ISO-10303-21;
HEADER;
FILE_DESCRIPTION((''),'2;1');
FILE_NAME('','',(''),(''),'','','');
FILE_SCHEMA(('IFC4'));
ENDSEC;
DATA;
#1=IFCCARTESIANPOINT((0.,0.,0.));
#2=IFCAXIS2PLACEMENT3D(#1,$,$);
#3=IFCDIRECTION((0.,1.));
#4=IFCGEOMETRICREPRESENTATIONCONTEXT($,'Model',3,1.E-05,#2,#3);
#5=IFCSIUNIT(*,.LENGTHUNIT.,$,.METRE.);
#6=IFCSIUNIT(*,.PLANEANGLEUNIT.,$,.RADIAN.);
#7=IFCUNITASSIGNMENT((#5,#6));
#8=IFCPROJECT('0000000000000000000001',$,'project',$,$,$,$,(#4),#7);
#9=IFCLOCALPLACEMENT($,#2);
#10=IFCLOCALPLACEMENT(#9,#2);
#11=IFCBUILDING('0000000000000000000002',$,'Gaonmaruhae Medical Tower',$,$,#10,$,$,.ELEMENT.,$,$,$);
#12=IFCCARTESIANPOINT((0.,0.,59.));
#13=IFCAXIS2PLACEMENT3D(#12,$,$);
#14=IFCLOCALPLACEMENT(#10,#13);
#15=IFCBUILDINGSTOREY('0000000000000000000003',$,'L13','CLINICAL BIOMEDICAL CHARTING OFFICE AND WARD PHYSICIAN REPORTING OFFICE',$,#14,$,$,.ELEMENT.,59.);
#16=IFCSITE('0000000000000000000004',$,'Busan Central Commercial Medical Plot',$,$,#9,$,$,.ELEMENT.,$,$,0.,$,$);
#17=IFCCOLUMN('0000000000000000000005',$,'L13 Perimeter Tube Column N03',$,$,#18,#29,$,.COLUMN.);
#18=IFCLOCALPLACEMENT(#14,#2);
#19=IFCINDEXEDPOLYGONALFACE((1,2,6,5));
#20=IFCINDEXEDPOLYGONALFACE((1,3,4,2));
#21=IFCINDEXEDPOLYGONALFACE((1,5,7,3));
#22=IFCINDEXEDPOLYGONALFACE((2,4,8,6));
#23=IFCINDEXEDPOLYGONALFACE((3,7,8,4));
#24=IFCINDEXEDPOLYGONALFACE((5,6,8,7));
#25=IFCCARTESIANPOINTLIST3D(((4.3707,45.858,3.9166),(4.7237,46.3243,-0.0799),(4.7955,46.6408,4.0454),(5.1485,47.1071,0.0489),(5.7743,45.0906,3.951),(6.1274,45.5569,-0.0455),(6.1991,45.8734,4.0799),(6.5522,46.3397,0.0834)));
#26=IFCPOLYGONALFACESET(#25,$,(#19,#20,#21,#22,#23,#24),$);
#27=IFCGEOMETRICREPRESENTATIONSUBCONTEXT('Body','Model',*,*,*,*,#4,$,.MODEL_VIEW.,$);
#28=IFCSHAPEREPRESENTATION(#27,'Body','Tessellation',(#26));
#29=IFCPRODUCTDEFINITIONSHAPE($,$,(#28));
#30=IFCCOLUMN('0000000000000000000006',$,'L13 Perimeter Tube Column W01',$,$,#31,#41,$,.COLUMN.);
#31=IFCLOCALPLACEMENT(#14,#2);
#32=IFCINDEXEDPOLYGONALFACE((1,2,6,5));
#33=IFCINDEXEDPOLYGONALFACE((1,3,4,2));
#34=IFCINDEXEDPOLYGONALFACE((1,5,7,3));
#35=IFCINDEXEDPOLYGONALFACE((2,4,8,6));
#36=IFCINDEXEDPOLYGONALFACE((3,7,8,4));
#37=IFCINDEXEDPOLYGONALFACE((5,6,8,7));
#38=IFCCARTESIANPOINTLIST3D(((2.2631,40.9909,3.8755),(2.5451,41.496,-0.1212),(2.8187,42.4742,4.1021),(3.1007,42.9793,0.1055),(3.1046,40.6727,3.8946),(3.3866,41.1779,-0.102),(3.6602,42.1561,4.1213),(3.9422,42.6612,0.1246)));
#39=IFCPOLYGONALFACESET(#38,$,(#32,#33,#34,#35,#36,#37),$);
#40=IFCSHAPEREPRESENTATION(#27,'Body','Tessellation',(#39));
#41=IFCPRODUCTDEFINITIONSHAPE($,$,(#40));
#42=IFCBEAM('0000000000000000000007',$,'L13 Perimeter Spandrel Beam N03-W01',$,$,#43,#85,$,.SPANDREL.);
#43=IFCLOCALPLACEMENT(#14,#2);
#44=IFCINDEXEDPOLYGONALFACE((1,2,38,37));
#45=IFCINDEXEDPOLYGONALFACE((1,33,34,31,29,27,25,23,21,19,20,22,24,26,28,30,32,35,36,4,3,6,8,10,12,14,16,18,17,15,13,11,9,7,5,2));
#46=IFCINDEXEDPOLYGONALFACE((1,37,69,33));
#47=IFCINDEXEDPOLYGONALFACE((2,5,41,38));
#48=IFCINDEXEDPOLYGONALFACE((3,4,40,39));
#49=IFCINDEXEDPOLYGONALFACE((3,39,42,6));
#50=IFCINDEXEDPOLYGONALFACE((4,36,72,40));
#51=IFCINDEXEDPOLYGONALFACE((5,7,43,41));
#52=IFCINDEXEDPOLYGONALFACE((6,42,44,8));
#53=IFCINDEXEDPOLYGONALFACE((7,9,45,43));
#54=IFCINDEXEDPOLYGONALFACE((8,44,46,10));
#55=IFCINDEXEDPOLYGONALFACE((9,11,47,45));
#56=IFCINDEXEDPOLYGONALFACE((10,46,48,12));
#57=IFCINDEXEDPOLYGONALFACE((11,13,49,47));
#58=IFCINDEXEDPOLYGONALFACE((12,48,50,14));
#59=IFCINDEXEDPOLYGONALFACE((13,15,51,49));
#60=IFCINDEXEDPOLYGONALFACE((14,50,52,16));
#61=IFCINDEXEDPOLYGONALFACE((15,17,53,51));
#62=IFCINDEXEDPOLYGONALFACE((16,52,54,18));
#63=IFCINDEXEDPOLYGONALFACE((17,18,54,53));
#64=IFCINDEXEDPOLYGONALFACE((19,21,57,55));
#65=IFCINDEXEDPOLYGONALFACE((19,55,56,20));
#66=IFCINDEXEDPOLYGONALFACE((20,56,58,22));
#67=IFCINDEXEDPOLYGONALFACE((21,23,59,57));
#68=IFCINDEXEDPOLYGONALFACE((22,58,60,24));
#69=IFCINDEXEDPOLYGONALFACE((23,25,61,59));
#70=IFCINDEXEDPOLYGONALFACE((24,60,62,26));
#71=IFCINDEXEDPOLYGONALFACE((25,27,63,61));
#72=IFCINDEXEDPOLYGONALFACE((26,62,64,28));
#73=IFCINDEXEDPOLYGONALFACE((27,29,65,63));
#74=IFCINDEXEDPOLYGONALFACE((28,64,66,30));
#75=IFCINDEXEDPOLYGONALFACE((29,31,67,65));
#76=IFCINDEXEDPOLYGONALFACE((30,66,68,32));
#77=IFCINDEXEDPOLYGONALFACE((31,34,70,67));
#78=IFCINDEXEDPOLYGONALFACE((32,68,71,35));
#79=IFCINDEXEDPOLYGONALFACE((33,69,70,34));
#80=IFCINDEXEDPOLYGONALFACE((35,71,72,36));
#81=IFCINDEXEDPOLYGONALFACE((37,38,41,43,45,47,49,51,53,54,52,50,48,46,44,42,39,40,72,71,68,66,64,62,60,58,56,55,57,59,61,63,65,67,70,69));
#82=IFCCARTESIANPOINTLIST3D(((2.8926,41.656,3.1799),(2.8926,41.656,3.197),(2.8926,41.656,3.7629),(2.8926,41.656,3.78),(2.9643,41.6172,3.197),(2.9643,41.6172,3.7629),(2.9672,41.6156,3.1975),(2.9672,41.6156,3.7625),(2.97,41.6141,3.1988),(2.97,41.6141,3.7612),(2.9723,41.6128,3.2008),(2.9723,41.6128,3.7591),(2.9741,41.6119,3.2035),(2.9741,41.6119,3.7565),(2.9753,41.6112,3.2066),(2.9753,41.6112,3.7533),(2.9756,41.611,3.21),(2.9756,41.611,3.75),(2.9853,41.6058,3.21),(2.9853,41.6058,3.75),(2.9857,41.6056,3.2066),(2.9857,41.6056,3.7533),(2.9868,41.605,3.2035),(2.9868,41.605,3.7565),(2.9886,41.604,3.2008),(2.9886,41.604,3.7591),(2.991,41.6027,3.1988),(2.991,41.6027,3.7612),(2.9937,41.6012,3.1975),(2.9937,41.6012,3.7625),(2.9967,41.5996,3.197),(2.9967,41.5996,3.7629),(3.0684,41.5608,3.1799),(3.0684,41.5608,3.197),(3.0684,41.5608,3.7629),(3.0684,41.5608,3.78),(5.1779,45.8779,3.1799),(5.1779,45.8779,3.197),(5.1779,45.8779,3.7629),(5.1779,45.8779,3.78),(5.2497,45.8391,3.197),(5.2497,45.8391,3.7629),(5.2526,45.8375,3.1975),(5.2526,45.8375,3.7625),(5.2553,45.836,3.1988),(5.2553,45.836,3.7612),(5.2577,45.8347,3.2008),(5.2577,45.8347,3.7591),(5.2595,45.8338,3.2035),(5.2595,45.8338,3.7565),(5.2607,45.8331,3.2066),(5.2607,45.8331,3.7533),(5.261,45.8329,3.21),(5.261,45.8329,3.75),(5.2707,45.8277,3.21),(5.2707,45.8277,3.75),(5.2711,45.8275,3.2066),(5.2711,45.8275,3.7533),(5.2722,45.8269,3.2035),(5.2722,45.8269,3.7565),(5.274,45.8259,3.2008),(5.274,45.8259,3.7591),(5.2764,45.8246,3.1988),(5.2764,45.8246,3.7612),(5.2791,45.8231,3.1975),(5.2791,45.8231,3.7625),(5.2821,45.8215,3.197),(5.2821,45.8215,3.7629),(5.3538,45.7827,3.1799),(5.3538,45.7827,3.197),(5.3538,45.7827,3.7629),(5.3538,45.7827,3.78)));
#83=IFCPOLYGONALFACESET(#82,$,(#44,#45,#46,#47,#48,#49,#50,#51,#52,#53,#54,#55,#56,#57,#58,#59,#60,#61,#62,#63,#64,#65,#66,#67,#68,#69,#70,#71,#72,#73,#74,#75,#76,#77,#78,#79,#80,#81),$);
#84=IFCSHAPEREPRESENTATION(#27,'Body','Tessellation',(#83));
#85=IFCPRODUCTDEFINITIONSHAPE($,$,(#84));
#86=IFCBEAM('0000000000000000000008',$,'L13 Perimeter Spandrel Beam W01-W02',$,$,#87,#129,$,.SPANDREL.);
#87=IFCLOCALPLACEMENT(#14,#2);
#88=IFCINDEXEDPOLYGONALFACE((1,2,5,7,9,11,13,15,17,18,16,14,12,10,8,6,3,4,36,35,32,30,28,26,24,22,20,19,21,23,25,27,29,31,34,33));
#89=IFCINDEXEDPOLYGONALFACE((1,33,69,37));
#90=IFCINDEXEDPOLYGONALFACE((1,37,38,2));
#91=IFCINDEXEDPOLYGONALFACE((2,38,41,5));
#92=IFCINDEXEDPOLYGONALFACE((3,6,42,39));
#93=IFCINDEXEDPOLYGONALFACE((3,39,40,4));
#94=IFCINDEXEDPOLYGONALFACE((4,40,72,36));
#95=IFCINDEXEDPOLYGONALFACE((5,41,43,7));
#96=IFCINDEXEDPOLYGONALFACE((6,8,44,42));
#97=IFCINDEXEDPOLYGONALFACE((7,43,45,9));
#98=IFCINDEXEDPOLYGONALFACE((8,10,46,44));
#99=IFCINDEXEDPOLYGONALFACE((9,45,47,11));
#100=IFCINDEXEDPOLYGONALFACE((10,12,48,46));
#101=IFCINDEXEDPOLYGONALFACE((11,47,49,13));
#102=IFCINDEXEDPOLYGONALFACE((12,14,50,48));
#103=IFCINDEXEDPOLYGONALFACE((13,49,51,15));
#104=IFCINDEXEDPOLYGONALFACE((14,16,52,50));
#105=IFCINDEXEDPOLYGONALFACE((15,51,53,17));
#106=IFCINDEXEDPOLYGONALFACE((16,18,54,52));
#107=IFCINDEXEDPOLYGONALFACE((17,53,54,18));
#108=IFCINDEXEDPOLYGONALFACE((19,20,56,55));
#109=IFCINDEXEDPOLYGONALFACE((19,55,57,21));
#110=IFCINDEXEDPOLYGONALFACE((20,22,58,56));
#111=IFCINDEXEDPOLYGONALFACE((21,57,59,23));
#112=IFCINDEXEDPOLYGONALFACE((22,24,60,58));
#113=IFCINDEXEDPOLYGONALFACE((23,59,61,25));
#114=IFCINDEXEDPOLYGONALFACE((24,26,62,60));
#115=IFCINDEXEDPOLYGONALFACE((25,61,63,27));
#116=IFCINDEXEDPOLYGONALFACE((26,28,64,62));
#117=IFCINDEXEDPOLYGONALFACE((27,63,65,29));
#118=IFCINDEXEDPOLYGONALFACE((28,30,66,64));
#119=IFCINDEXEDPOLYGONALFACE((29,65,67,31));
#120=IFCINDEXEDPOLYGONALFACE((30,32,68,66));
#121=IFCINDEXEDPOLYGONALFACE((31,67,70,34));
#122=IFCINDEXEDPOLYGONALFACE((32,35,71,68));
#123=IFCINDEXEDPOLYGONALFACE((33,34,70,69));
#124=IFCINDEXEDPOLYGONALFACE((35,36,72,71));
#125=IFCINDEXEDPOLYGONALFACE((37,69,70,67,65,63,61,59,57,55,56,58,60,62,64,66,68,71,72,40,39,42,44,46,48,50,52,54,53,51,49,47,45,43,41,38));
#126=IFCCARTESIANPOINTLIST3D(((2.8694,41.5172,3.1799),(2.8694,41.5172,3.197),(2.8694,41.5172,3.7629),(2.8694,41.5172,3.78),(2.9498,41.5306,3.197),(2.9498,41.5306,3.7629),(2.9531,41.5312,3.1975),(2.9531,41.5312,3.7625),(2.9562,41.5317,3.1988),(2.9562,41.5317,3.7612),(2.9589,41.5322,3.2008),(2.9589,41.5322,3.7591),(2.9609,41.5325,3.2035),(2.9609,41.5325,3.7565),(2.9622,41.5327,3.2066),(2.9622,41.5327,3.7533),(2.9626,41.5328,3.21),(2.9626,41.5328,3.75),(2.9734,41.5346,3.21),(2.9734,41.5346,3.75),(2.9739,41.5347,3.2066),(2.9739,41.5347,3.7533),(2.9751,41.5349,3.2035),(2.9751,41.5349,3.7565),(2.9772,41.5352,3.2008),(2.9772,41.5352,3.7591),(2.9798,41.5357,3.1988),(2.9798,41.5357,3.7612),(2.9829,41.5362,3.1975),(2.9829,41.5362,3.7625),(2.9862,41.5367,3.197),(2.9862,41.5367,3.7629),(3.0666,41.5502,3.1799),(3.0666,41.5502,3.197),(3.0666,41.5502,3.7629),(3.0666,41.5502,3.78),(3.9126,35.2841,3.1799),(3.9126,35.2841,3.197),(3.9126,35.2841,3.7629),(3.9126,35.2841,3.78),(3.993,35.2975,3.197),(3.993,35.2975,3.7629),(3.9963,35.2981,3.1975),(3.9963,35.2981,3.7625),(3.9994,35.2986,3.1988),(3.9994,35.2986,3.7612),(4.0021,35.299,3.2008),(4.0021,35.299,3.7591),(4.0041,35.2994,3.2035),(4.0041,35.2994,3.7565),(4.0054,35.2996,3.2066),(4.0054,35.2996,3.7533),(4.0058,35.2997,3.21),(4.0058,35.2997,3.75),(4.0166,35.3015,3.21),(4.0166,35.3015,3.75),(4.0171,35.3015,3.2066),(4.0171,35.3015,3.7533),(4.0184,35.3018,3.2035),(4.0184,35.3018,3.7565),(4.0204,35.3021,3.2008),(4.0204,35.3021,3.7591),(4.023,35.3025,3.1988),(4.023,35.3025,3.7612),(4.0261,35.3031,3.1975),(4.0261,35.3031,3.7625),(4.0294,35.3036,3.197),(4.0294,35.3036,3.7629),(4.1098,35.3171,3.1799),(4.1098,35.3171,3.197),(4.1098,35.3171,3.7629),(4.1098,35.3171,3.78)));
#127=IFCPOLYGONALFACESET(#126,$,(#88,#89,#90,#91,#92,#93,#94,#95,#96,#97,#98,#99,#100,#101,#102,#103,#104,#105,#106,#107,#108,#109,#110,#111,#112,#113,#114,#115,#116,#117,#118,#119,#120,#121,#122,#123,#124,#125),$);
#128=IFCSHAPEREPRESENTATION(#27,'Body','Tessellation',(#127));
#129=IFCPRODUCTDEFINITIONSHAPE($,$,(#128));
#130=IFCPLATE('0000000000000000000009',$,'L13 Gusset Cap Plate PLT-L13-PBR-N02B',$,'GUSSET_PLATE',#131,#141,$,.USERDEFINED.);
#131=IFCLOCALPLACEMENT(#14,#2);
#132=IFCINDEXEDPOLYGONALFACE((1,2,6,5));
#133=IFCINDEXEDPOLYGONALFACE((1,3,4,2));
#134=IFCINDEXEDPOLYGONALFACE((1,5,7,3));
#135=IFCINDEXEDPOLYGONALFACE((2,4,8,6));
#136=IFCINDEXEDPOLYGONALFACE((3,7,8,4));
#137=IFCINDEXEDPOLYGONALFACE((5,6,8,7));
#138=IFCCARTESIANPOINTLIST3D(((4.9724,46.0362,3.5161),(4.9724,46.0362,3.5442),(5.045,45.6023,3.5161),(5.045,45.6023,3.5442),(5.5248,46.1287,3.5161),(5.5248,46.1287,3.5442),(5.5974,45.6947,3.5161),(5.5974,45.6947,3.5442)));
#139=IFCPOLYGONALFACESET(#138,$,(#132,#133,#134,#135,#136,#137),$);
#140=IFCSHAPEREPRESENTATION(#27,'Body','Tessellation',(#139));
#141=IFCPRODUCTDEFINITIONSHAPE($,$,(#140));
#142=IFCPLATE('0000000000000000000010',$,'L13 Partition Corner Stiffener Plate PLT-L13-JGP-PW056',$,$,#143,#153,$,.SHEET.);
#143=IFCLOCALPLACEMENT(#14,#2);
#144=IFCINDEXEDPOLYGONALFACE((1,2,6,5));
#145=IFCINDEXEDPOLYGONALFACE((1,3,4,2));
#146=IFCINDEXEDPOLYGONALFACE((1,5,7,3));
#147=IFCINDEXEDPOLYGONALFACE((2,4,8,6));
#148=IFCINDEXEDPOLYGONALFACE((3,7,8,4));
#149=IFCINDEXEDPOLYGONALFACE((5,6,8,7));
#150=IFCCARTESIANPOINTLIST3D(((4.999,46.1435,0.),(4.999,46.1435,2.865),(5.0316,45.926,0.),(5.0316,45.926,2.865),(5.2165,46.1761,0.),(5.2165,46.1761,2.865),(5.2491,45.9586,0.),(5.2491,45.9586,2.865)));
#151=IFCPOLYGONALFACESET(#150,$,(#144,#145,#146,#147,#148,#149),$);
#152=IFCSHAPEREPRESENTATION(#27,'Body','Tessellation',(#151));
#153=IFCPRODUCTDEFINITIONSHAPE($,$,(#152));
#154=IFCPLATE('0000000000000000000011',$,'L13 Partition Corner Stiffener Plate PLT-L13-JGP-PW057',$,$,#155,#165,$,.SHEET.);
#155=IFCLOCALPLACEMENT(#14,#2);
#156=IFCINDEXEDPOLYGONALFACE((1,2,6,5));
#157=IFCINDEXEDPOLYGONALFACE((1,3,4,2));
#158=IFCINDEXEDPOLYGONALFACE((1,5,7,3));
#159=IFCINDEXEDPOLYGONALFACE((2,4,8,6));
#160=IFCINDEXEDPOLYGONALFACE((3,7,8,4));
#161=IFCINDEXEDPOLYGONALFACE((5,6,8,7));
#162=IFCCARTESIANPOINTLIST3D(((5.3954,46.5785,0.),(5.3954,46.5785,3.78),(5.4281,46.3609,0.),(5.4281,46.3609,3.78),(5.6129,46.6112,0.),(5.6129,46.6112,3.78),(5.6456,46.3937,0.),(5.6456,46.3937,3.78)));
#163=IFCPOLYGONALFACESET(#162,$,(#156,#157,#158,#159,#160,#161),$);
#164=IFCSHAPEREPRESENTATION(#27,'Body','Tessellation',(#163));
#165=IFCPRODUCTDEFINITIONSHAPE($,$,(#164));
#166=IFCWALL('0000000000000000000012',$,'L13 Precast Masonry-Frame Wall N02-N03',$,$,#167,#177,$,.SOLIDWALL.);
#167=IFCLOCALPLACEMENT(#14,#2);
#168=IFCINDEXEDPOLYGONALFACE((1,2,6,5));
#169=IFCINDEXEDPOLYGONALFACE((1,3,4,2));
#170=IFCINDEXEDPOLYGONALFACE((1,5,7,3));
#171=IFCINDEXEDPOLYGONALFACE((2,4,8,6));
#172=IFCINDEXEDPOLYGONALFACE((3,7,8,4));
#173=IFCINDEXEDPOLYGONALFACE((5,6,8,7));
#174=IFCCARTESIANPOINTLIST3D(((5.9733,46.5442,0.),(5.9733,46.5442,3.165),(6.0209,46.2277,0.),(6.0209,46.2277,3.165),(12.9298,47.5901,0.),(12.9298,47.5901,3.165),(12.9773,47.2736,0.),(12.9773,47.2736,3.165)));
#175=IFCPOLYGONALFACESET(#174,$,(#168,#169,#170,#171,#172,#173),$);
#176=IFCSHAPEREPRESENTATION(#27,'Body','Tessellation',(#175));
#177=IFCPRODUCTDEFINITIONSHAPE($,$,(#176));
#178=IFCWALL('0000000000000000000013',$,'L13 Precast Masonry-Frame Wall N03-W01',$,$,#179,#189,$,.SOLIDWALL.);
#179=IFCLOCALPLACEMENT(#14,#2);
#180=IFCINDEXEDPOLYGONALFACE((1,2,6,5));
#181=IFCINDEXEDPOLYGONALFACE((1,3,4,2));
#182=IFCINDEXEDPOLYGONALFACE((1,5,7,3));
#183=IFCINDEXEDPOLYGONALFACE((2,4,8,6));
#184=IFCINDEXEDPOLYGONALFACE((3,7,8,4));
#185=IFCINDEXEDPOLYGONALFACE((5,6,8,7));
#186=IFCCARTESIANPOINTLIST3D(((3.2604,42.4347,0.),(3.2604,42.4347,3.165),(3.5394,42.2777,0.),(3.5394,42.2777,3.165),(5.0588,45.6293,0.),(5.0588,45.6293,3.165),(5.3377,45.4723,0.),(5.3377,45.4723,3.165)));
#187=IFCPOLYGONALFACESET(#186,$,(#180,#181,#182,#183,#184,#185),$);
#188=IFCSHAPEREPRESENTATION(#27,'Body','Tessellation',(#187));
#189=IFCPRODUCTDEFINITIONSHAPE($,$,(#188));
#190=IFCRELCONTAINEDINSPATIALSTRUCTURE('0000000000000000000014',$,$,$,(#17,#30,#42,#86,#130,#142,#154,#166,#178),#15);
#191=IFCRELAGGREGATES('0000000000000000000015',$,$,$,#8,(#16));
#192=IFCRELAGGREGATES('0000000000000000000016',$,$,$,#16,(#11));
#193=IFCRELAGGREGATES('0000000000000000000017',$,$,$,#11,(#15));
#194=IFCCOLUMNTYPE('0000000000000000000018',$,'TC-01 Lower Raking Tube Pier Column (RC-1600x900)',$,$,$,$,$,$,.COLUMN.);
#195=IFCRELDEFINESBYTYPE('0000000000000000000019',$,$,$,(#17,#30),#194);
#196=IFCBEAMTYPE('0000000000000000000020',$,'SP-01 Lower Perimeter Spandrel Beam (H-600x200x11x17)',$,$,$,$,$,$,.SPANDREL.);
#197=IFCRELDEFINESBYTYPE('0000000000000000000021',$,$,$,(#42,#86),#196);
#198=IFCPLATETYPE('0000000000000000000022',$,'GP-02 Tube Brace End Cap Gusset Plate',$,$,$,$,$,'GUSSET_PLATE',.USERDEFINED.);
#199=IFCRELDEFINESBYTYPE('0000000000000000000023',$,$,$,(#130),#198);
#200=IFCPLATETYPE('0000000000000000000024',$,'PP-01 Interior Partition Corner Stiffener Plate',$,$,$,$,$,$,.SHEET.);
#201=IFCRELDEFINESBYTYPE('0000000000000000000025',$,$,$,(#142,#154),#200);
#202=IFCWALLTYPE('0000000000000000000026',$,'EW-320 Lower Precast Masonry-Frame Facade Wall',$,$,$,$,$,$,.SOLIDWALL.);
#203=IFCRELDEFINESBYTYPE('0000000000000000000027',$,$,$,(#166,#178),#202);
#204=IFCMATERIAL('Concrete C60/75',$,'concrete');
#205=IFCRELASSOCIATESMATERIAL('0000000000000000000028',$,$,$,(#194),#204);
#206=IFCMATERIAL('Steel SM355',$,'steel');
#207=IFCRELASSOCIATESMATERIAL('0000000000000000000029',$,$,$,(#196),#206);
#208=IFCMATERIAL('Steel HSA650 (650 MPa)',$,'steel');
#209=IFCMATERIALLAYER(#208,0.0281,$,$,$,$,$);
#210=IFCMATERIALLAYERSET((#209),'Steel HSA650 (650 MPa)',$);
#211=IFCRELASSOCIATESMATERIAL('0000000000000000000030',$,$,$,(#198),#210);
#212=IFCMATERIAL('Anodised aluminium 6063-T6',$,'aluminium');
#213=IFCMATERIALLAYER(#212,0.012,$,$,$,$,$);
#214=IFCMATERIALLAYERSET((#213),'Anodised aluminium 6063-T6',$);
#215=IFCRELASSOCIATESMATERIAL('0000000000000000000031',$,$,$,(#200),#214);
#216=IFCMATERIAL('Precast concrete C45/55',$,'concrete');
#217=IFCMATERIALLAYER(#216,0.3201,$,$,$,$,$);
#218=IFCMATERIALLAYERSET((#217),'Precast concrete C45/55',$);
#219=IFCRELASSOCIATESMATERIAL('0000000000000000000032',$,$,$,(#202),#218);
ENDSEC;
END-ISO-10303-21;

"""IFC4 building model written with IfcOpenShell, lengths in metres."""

from ifc_helpers import new_model, si_unit, direction, frame, frame_2d, origin, origin_2d, place, context, subcontext, project, spatial, rectangle, i_section, extrude, material, layer, layer_set, material_profile, profile_set, type_object, element, save


model = new_model("IFC4")

# Units and contexts
model_context = context("Model", 3, precision=1e-05, world=origin(), true_north=direction((0.0, 1.0)))
body_context = subcontext(model_context, "Body", "Model", "MODEL_VIEW")
ifc_project = project(units=[si_unit("LENGTHUNIT", "METRE"), si_unit("PLANEANGLEUNIT", "RADIAN")], contexts=[model_context])

# Site, building, storey
site_placement = place(None, origin())
site = spatial("IfcSite", under=ifc_project, at=site_placement, Name="Busan Central Commercial Medical Plot", CompositionType="ELEMENT", RefElevation=0.0)
building_placement = place(site_placement, origin())
building = spatial("IfcBuilding", under=site, at=building_placement, Name="Gaonmaruhae Medical Tower", CompositionType="ELEMENT")
storey_placement = place(building_placement, frame((0.0, 0.0, 59.0)))
storey = spatial("IfcBuildingStorey", under=building, at=storey_placement, Name="L13", Description="CLINICAL BIOMEDICAL CHARTING OFFICE AND WARD PHYSICIAN REPORTING OFFICE", CompositionType="ELEMENT", Elevation=59.0)

# Columns
ifc_material_1 = material(Name="Concrete C60/75", Category="concrete")
ifc_material_profile_1 = material_profile(ifc_material_1, rectangle(XDim=1.6001, YDim=0.8999, at=origin_2d()), Name="RC-1600x900")
ifc_profile_set_1 = profile_set([ifc_material_profile_1], Name="Concrete C60/75")
column_type = type_object("IfcColumnType", Name="TC-01 Lower Raking Tube Pier Column (RC-1600x900)", PredefinedType="COLUMN", material=ifc_profile_set_1)
column_1_placement = place(storey_placement, frame((5.6379, 46.332, 0.0017), z_axis=(-0.087401, -0.115447, 0.989461), x_axis=(0.877219, -0.479607, 0.021528)))
element("IfcColumn", 1, at=column_1_placement, inside=storey, type_object=column_type, Name="L13 Perimeter Tube Column N03", PredefinedType="COLUMN", context=body_context, shape_type="SweptSolid", body=[
    extrude(rectangle(XDim=1.6001, YDim=0.8999, at=origin_2d()), origin(), (0.0, 0.0, 1.0), 4.0391),
])
column_2_placement = place(storey_placement, frame((3.2437, 42.0786, 0.0017), z_axis=(-0.069828, -0.125086, 0.989686), x_axis=(0.34723, 0.927018, 0.141665)))
element("IfcColumn", 2, at=column_2_placement, inside=storey, type_object=column_type, Name="L13 Perimeter Tube Column W01", PredefinedType="COLUMN", context=body_context, shape_type="SweptSolid", body=[
    extrude(rectangle(XDim=1.6001, YDim=0.8999, at=origin_2d()), origin(), (0.0, 0.0, 1.0), 4.0383),
])

# Beams
ifc_material_2 = material(Name="Steel SM355", Category="steel")
ifc_material_profile_2 = material_profile(ifc_material_2, i_section(OverallWidth=0.2, OverallDepth=0.6001, WebThickness=0.011, FlangeThickness=0.0171, FilletRadius=0.0129, at=origin_2d()), Name="H-600x200x11x17")
ifc_profile_set_2 = profile_set([ifc_material_profile_2], Name="Steel SM355")
beam_type = type_object("IfcBeamType", Name="SP-01 Lower Perimeter Spandrel Beam (H-600x200x11x17)", PredefinedType="SPANDREL", material=ifc_profile_set_2)
beam_1_placement = place(storey_placement, frame((5.2659, 45.8303, 3.48), z_axis=(-0.476046, -0.879421, 0.0), x_axis=(0.879421, -0.476046, 0.0)))
element("IfcBeam", 3, at=beam_1_placement, inside=storey, type_object=beam_type, Name="L13 Perimeter Spandrel Beam N03-W01", PredefinedType="SPANDREL", context=body_context, shape_type="SweptSolid", body=[
    extrude(i_section(OverallWidth=0.2, OverallDepth=0.6001, WebThickness=0.011, FlangeThickness=0.0171, FilletRadius=0.0129, at=origin_2d()), origin(), (0.0, 0.0, 1.0), 4.8008),
])
beam_2_placement = place(storey_placement, frame((2.968, 41.5337, 3.48), z_axis=(0.165069, -0.986282, 0.0), x_axis=(0.986282, 0.165069, 0.0)))
element("IfcBeam", 4, at=beam_2_placement, inside=storey, type_object=beam_type, Name="L13 Perimeter Spandrel Beam W01-W02", PredefinedType="SPANDREL", context=body_context, shape_type="SweptSolid", body=[
    extrude(i_section(OverallWidth=0.2, OverallDepth=0.6001, WebThickness=0.011, FlangeThickness=0.0171, FilletRadius=0.0129, at=origin_2d()), origin(), (0.0, 0.0, 1.0), 6.3198),
])

# Plates
ifc_material_3 = material(Name="Steel HSA650 (650 MPa)", Category="steel")
ifc_layer_1 = layer(ifc_material_3, 0.0281)
ifc_layer_set_1 = layer_set([ifc_layer_1], Name="Steel HSA650 (650 MPa)")
plate_type_1 = type_object("IfcPlateType", Name="GP-02 Tube Brace End Cap Gusset Plate", ElementType="GUSSET_PLATE", PredefinedType="USERDEFINED", material=ifc_layer_set_1)
plate_1_placement = place(storey_placement, frame((5.2849, 45.8655, 3.5161), z_axis=(0.0, 0.0, 1.0), x_axis=(0.986286, 0.165048, 0.0)))
element("IfcPlate", 5, at=plate_1_placement, inside=storey, type_object=plate_type_1, Name="L13 Gusset Cap Plate PLT-L13-PBR-N02B", ObjectType="GUSSET_PLATE", PredefinedType="USERDEFINED", context=body_context, shape_type="SweptSolid", body=[
    extrude(rectangle(XDim=0.5601, YDim=0.4399, at=origin_2d()), origin(), (0.0, 0.0, 1.0), 0.0281),
])
ifc_material_4 = material(Name="Anodised aluminium 6063-T6", Category="aluminium")
ifc_layer_2 = layer(ifc_material_4, 0.012)
ifc_layer_set_2 = layer_set([ifc_layer_2], Name="Anodised aluminium 6063-T6")
plate_type_2 = type_object("IfcPlateType", Name="PP-01 Interior Partition Corner Stiffener Plate", PredefinedType="SHEET", material=ifc_layer_set_2)
plate_2_placement = place(storey_placement, frame((5.124, 46.051, 0.0), z_axis=(0.0, 0.0, 1.0), x_axis=(-0.148206, 0.988956, 0.0)))
element("IfcPlate", 6, at=plate_2_placement, inside=storey, type_object=plate_type_2, Name="L13 Partition Corner Stiffener Plate PLT-L13-JGP-PW056", PredefinedType="SHEET", context=body_context, shape_type="SweptSolid", body=[
    extrude(rectangle(XDim=0.22, YDim=0.22, at=origin_2d()), origin(), (0.0, 0.0, 1.0), 2.865),
])
plate_3_placement = place(storey_placement, frame((5.5205, 46.4861, 0.0), z_axis=(0.0, 0.0, 1.0), x_axis=(0.988848, 0.148931, 0.0)))
element("IfcPlate", 7, at=plate_3_placement, inside=storey, type_object=plate_type_2, Name="L13 Partition Corner Stiffener Plate PLT-L13-JGP-PW057", PredefinedType="SHEET", context=body_context, shape_type="SweptSolid", body=[
    extrude(rectangle(XDim=0.22, YDim=0.22, at=origin_2d()), origin(), (0.0, 0.0, 1.0), 3.78),
])

# Walls
ifc_material_5 = material(Name="Precast concrete C45/55", Category="concrete")
ifc_layer_3 = layer(ifc_material_5, 0.3201)
ifc_layer_set_3 = layer_set([ifc_layer_3], Name="Precast concrete C45/55")
wall_type_1 = type_object("IfcWallType", Name="EW-320 Lower Precast Masonry-Frame Facade Wall", PredefinedType="SOLIDWALL", material=ifc_layer_set_3)
wall_1_placement = place(storey_placement, frame((5.9971, 46.386, 0.0), z_axis=(0.0, 0.0, 1.0), x_axis=(0.988886, 0.148676, 0.0)))
element("IfcWall", 8, at=wall_1_placement, inside=storey, type_object=wall_type_1, Name="L13 Precast Masonry-Frame Wall N02-N03", PredefinedType="SOLIDWALL", context=body_context, shape_type="SweptSolid", body=[
    extrude(rectangle(XDim=7.0347, YDim=0.3201, at=frame_2d((3.5173, 0.0))), origin(), (0.0, 0.0, 1.0), 3.165),
])
wall_2_placement = place(storey_placement, frame((3.3999, 42.3562, 0.0), z_axis=(0.0, 0.0, 1.0), x_axis=(0.490549, 0.871414, 0.0)))
element("IfcWall", 9, at=wall_2_placement, inside=storey, type_object=wall_type_1, Name="L13 Precast Masonry-Frame Wall N03-W01", PredefinedType="SOLIDWALL", context=body_context, shape_type="SweptSolid", body=[
    extrude(rectangle(XDim=3.666, YDim=0.3201, at=frame_2d((1.833, 0.0))), origin(), (0.0, 0.0, 1.0), 3.165),
])

save(model, "model.ifc")
